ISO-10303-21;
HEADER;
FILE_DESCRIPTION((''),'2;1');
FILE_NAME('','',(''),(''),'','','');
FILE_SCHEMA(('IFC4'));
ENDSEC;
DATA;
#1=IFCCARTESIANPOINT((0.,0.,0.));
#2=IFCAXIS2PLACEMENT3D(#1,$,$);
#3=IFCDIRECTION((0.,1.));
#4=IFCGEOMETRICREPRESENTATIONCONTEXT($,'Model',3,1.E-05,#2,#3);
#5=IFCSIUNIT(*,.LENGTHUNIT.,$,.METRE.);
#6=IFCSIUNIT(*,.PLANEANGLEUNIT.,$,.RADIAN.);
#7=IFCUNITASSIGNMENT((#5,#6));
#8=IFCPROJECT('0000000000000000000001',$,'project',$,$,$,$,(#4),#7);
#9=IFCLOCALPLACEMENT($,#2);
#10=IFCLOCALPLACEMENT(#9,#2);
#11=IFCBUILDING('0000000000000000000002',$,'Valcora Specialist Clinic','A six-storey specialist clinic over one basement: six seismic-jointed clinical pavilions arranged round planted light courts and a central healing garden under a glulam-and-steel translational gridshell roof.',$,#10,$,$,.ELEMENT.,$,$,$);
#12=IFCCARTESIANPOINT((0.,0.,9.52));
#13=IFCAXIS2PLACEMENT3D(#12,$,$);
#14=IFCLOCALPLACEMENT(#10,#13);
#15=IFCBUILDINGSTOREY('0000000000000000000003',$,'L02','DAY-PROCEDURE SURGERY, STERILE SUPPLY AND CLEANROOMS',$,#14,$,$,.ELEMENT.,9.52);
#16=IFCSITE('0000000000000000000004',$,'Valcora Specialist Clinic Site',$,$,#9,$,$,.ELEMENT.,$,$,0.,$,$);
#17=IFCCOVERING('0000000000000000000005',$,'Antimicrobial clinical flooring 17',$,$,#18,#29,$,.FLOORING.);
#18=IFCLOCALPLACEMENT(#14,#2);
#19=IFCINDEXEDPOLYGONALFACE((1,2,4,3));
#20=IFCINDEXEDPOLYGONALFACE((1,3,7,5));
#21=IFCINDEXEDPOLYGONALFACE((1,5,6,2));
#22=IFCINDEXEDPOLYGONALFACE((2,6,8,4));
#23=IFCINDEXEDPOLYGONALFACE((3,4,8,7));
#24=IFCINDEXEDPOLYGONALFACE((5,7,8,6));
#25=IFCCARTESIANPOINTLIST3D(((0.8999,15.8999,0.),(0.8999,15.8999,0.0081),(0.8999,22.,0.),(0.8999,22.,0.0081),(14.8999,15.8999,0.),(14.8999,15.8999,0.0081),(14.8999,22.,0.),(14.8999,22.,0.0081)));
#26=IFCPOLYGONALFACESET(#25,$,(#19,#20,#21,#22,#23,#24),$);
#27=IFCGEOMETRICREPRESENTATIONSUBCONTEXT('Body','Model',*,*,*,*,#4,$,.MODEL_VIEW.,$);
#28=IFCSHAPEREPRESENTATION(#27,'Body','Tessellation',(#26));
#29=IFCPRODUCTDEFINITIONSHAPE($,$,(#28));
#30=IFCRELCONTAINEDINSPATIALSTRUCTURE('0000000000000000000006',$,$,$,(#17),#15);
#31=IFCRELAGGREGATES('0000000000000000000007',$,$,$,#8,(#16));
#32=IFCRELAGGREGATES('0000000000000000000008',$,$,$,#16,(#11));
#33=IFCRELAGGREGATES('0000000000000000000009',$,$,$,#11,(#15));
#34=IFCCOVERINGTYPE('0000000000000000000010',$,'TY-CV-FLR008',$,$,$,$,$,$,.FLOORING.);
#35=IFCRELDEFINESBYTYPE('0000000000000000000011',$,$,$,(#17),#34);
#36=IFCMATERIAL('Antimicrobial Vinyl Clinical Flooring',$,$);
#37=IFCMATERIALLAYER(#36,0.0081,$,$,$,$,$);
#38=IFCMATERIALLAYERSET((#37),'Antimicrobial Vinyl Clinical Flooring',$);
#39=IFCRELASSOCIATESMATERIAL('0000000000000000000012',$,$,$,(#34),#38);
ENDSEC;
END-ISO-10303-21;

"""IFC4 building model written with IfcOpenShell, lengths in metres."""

from ifc_helpers import new_model, si_unit, direction, frame, origin, place, context, subcontext, project, spatial, polyline, outline, extrude, material, layer, layer_set, type_object, element, save


model = new_model("IFC4")

# Units and contexts
model_context = context("Model", 3, precision=1e-05, world=origin(), true_north=direction((0.0, 1.0)))
body_context = subcontext(model_context, "Body", "Model", "MODEL_VIEW")
ifc_project = project(units=[si_unit("LENGTHUNIT", "METRE"), si_unit("PLANEANGLEUNIT", "RADIAN")], contexts=[model_context])

# Site, building, storey
site_placement = place(None, origin())
site = spatial("IfcSite", under=ifc_project, at=site_placement, Name="Valcora Specialist Clinic Site", CompositionType="ELEMENT", RefElevation=0.0)
building_placement = place(site_placement, origin())
building = spatial("IfcBuilding", under=site, at=building_placement, Name="Valcora Specialist Clinic", Description="A six-storey specialist clinic over one basement: six seismic-jointed clinical pavilions arranged round planted light courts and a central healing garden under a glulam-and-steel translational gridshell roof.", CompositionType="ELEMENT")
storey_placement = place(building_placement, frame((0.0, 0.0, 9.52)))
storey = spatial("IfcBuildingStorey", under=building, at=storey_placement, Name="L02", Description="DAY-PROCEDURE SURGERY, STERILE SUPPLY AND CLEANROOMS", CompositionType="ELEMENT", Elevation=9.52)

# Covering
ifc_material_1 = material(Name="Antimicrobial Vinyl Clinical Flooring")
ifc_layer_1 = layer(ifc_material_1, 0.0081)
ifc_layer_set_1 = layer_set([ifc_layer_1], Name="Antimicrobial Vinyl Clinical Flooring")
covering_type_1 = type_object("IfcCoveringType", Name="TY-CV-FLR008", PredefinedType="FLOORING", material=ifc_layer_set_1)
covering_1_placement = place(storey_placement, origin())
element("IfcCovering", 1, at=covering_1_placement, inside=storey, type_object=covering_type_1, Name="Antimicrobial clinical flooring 17", PredefinedType="FLOORING", context=body_context, shape_type="SweptSolid", body=[
    extrude(outline(polyline([(0.8999, 22.0), (14.8999, 22.0), (14.8999, 15.8999), (0.8999, 15.8999), (0.8999, 22.0)])), origin(), (0.0, 0.0, 1.0), 0.0081),
])

save(model, "model.ifc")
